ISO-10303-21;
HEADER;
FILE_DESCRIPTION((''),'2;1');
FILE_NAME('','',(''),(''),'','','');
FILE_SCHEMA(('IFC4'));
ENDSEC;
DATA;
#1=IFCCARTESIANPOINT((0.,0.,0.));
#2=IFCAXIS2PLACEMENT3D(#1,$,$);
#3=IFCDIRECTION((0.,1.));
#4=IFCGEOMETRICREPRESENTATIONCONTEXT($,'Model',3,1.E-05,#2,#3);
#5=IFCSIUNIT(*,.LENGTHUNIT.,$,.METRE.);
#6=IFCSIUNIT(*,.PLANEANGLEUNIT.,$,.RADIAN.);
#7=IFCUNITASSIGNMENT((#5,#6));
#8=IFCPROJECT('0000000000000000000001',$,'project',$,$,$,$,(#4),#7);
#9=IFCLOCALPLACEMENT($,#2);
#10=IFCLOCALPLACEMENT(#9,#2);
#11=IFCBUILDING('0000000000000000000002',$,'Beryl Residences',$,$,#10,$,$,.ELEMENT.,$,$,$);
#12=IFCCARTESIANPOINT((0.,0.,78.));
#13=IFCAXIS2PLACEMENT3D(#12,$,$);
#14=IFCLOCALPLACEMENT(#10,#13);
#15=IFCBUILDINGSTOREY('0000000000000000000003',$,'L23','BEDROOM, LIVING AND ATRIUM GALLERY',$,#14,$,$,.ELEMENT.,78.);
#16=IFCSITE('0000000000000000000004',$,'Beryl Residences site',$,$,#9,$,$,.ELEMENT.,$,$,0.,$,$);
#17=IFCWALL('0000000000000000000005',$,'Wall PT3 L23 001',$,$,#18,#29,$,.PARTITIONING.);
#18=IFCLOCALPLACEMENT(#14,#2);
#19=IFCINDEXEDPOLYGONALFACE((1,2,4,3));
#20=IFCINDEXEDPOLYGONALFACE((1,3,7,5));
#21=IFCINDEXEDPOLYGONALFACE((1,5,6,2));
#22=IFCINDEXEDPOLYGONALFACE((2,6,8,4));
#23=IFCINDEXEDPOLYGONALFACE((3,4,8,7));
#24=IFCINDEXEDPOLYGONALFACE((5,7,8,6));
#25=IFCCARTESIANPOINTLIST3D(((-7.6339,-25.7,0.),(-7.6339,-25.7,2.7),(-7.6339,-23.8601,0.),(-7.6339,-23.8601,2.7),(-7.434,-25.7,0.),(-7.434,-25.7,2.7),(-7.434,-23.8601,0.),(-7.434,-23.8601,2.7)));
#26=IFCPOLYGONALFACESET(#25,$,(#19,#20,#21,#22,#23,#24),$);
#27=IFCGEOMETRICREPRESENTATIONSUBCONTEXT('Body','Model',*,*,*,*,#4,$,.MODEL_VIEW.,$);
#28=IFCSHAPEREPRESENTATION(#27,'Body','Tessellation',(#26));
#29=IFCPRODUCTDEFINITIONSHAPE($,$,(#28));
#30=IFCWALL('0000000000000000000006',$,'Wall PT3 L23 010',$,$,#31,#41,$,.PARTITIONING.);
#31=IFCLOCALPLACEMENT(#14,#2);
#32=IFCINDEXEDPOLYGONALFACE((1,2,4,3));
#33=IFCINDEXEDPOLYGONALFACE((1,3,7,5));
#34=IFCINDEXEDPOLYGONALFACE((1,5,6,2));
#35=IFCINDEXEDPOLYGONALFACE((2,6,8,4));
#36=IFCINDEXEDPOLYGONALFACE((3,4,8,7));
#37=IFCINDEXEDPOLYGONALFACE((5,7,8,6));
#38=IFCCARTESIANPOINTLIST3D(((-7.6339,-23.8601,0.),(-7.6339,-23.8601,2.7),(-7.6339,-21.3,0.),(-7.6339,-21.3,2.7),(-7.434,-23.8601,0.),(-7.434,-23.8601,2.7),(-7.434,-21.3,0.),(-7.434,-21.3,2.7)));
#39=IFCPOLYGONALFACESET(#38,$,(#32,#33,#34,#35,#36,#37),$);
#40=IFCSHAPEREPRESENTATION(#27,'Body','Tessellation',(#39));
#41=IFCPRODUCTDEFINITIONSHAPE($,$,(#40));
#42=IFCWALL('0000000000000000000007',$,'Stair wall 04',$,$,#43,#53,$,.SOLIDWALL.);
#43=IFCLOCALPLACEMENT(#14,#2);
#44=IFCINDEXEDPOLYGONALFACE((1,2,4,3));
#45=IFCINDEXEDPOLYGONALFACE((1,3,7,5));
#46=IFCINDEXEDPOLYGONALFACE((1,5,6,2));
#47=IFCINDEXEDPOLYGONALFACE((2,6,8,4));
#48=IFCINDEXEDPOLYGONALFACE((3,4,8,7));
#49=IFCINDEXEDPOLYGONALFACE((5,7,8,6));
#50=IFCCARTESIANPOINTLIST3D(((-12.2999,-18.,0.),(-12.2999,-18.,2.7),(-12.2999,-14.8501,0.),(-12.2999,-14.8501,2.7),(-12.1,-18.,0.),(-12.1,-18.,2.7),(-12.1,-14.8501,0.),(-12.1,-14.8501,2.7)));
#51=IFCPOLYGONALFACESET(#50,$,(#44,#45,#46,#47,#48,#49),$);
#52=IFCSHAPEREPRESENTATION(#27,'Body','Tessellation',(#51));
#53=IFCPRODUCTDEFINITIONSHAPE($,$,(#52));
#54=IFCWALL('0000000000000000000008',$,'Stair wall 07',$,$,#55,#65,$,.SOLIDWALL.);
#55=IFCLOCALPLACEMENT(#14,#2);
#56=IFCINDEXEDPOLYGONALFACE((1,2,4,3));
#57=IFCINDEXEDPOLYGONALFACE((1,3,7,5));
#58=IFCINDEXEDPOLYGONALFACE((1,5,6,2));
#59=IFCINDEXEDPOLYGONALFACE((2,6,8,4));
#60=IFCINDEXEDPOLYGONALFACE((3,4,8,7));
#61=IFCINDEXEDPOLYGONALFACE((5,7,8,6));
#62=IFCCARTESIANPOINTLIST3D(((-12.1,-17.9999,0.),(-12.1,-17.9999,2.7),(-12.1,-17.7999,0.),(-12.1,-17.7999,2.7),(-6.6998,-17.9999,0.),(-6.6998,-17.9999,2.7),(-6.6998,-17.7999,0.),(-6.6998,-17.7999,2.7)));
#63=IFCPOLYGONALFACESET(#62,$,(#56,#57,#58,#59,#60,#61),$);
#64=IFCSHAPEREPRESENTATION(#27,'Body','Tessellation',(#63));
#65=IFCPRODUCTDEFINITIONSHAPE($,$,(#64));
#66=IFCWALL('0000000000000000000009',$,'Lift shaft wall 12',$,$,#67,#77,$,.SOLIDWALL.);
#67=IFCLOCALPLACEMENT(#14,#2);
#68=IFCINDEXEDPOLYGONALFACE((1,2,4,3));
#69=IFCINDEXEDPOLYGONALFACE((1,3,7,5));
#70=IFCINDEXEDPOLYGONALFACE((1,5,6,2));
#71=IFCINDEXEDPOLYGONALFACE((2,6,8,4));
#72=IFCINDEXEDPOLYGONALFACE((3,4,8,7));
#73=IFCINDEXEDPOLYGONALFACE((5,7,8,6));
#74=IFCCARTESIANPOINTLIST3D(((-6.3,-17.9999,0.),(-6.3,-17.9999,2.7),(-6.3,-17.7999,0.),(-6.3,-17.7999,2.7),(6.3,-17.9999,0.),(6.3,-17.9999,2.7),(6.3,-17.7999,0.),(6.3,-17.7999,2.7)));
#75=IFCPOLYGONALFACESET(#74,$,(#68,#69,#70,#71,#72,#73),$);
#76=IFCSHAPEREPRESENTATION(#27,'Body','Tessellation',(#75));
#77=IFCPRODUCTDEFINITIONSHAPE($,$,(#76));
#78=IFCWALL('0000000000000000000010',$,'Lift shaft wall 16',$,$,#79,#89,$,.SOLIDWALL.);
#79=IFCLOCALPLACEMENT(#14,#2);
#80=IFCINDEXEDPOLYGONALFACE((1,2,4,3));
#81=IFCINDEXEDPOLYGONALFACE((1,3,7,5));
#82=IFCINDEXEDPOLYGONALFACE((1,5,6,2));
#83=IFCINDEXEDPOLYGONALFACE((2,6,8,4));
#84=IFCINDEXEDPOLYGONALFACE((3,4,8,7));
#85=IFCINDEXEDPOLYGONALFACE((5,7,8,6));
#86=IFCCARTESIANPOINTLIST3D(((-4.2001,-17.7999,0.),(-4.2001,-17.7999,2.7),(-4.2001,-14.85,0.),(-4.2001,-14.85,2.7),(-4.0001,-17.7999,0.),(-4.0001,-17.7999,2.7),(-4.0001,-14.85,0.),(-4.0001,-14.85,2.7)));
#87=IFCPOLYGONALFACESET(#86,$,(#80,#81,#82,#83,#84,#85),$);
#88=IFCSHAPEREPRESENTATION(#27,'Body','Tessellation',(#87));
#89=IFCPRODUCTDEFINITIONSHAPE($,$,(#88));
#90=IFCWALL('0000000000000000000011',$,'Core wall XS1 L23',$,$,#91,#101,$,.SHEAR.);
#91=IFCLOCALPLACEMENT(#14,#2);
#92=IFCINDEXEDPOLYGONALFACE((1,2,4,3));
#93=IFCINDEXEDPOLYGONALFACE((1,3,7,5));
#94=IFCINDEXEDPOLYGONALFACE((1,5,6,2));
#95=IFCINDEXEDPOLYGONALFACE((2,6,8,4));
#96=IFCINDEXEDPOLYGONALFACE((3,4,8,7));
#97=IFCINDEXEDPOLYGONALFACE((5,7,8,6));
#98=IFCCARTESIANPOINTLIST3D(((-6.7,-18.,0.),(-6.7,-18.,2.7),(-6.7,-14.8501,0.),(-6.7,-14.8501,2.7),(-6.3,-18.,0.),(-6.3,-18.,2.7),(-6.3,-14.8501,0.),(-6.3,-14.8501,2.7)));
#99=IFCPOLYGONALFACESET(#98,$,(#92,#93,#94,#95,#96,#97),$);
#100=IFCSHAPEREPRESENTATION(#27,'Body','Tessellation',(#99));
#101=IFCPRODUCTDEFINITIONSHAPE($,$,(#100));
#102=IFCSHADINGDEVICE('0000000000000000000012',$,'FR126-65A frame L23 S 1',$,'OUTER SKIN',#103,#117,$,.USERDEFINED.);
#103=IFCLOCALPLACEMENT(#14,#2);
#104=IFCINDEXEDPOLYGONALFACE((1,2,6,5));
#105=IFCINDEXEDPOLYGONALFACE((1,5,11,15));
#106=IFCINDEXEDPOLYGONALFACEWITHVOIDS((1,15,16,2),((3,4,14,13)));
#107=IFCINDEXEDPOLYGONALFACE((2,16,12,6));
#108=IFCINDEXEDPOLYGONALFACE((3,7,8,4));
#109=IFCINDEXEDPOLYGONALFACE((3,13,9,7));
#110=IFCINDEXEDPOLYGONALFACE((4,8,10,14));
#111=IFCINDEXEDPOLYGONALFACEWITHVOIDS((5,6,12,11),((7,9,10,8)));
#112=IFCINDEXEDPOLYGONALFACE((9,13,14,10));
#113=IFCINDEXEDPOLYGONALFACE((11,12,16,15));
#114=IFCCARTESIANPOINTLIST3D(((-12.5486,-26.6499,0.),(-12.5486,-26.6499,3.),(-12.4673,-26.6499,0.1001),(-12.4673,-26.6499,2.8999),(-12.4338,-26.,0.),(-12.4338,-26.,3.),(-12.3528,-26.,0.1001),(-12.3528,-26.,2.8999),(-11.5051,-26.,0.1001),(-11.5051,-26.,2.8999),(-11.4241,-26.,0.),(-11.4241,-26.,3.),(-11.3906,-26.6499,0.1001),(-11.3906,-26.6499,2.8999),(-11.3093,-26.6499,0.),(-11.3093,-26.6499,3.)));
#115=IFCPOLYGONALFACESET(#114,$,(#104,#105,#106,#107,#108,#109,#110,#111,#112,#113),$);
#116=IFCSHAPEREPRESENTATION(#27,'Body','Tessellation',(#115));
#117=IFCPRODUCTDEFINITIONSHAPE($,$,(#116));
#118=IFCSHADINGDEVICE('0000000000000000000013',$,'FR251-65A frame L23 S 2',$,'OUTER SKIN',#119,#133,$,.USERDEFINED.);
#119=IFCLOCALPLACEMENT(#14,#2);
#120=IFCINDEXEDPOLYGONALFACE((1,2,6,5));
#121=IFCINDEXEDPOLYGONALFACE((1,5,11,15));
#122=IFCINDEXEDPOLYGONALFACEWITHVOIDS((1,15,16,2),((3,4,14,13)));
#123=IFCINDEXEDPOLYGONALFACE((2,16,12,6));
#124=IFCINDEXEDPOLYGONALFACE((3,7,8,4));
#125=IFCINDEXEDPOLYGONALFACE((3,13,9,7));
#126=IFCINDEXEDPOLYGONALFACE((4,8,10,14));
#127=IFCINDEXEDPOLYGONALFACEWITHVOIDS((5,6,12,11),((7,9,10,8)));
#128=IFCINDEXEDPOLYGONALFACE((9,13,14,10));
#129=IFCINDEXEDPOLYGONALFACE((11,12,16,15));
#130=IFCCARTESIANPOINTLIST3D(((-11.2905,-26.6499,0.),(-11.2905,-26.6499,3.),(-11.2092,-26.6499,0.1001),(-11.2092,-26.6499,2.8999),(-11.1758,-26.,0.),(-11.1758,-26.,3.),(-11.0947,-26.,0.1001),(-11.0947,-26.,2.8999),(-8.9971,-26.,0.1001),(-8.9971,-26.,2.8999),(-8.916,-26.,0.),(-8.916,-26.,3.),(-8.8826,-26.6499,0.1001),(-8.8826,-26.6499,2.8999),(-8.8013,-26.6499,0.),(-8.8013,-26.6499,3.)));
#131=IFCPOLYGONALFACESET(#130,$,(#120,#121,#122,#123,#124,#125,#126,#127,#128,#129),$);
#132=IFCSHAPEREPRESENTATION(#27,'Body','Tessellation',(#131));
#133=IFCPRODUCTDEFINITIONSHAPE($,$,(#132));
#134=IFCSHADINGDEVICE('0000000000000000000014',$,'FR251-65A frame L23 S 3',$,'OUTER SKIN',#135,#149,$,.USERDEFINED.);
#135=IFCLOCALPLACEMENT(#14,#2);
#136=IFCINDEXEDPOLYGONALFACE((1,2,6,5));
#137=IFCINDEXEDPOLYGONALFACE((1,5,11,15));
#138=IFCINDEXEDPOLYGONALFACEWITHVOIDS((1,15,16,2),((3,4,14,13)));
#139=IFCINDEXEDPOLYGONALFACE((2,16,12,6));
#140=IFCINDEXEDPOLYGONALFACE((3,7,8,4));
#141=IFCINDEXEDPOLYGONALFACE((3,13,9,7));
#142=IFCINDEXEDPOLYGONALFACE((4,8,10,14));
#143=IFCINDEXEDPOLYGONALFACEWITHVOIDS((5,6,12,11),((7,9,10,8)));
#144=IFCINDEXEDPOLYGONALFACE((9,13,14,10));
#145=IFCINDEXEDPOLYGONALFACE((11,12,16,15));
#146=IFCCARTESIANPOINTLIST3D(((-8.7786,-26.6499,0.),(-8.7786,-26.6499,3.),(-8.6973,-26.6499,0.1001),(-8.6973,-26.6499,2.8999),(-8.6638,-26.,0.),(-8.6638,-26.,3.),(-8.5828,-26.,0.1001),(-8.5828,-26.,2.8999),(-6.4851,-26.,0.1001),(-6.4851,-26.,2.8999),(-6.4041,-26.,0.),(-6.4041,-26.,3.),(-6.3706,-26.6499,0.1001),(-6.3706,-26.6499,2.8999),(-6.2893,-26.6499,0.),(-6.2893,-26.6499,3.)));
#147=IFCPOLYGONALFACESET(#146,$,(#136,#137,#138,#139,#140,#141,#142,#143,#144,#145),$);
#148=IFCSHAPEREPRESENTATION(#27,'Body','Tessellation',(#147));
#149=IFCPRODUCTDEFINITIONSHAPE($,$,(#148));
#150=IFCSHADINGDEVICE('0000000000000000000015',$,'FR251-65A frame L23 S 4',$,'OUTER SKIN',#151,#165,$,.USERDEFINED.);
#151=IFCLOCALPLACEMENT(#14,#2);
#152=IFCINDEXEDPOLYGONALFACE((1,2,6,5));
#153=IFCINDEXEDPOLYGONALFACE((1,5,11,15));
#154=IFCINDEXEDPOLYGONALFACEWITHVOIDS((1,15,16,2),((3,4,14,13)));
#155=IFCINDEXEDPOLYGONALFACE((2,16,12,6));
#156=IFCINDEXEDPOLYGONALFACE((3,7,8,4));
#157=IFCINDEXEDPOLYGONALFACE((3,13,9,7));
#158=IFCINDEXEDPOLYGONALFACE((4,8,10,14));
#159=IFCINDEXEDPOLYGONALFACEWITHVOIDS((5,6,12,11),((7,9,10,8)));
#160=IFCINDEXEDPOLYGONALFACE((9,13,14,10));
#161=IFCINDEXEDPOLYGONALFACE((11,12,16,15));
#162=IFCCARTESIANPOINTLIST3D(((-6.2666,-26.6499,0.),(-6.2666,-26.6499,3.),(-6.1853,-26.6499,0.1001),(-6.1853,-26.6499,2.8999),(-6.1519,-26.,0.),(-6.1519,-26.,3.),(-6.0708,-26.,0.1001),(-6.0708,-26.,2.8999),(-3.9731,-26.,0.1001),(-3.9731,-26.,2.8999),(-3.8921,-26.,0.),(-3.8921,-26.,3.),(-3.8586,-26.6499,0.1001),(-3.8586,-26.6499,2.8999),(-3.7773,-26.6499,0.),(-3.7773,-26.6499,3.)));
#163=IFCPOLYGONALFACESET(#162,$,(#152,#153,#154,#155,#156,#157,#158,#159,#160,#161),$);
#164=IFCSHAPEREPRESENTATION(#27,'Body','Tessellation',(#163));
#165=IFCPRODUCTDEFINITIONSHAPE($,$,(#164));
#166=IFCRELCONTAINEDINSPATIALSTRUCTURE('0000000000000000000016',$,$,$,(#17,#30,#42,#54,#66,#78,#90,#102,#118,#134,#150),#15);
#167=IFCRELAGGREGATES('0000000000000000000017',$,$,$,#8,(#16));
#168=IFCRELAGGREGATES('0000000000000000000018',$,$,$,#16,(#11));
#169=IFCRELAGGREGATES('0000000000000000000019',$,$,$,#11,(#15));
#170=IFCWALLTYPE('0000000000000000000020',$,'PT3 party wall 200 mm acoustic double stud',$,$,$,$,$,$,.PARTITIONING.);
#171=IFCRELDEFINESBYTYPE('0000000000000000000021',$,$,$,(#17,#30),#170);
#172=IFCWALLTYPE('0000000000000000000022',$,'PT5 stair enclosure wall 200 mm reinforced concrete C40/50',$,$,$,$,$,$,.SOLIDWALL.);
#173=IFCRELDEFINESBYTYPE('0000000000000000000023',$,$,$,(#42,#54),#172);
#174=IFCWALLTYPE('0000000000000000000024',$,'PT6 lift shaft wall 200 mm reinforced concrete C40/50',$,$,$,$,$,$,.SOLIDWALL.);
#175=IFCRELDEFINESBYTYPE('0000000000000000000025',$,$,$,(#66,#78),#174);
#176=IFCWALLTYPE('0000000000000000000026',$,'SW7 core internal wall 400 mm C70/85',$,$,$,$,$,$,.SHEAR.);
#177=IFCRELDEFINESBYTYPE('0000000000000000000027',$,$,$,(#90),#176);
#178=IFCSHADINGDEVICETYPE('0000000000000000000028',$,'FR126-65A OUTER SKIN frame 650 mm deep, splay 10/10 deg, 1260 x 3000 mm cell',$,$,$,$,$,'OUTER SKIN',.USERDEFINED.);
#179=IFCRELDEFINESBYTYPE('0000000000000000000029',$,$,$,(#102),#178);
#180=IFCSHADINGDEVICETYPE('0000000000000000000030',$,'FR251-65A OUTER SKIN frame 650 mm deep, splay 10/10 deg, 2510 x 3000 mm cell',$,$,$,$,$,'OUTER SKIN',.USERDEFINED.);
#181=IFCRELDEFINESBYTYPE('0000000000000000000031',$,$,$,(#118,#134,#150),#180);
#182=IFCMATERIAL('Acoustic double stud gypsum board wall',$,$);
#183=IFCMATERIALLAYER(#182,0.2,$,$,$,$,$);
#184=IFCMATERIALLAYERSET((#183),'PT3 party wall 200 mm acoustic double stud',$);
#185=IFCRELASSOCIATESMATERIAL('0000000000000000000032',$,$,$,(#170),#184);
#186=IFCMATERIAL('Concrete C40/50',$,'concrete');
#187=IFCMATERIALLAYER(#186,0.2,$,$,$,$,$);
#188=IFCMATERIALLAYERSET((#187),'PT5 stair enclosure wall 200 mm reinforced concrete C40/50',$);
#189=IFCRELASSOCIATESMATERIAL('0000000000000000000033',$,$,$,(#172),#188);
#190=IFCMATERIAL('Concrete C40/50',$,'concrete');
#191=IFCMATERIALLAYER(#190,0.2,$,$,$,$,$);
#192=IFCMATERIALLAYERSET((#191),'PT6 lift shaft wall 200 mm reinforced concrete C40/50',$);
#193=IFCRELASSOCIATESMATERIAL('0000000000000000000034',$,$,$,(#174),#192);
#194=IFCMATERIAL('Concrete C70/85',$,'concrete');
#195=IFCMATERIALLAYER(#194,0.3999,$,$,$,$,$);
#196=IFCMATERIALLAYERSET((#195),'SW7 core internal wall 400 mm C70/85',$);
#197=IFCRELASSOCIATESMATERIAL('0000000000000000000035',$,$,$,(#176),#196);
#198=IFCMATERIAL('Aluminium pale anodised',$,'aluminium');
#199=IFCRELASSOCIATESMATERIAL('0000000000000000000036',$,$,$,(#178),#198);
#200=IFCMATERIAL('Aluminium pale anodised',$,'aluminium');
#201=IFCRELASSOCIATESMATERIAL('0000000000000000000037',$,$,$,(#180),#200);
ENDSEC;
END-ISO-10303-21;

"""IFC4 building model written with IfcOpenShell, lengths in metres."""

from ifc_helpers import new_model, entity, si_unit, direction, frame, frame_2d, origin, place, context, subcontext, project, spatial, rectangle, extrude, source, transform, mapped, material, layer, layer_set, type_object, type_shapes, element, save


model = new_model("IFC4")

# Units and contexts
model_context = context("Model", 3, precision=1e-05, world=origin(), true_north=direction((0.0, 1.0)))
body_context = subcontext(model_context, "Body", "Model", "MODEL_VIEW")
ifc_project = project(units=[si_unit("LENGTHUNIT", "METRE"), si_unit("PLANEANGLEUNIT", "RADIAN")], contexts=[model_context])

# Site, building, storey
site_placement = place(None, origin())
site = spatial("IfcSite", under=ifc_project, at=site_placement, Name="Beryl Residences site", CompositionType="ELEMENT", RefElevation=0.0)
building_placement = place(site_placement, origin())
building = spatial("IfcBuilding", under=site, at=building_placement, Name="Beryl Residences", CompositionType="ELEMENT")
storey_placement = place(building_placement, frame((0.0, 0.0, 78.0)))
storey = spatial("IfcBuildingStorey", under=building, at=storey_placement, Name="L23", Description="BEDROOM, LIVING AND ATRIUM GALLERY", CompositionType="ELEMENT", Elevation=78.0)

# Walls
ifc_material_1 = material(Name="Acoustic double stud gypsum board wall")
ifc_layer_1 = layer(ifc_material_1, 0.2)
ifc_layer_set_1 = layer_set([ifc_layer_1], Name="PT3 party wall 200 mm acoustic double stud")
wall_type_1 = type_object("IfcWallType", Name="PT3 party wall 200 mm acoustic double stud", PredefinedType="PARTITIONING", material=ifc_layer_set_1)
wall_1_placement = place(storey_placement, frame((-7.5339, -23.8601, 0.0), z_axis=(0.0, 0.0, 1.0), x_axis=(0.0, -1.0, 0.0)))
element("IfcWall", 1, at=wall_1_placement, inside=storey, type_object=wall_type_1, Name="Wall PT3 L23 001", PredefinedType="PARTITIONING", context=body_context, shape_type="SweptSolid", body=[
    extrude(rectangle(XDim=1.8398, YDim=0.2, at=frame_2d((0.9199, 0.0))), origin(), (0.0, 0.0, 1.0), 2.7),
])
wall_2_placement = place(storey_placement, frame((-7.5339, -23.8601, 0.0), z_axis=(0.0, 0.0, 1.0), x_axis=(0.0, 1.0, 0.0)))
element("IfcWall", 2, at=wall_2_placement, inside=storey, type_object=wall_type_1, Name="Wall PT3 L23 010", PredefinedType="PARTITIONING", context=body_context, shape_type="SweptSolid", body=[
    extrude(rectangle(XDim=2.5601, YDim=0.2, at=frame_2d((1.28, 0.0))), origin(), (0.0, 0.0, 1.0), 2.7),
])
ifc_material_2 = material(Name="Concrete C40/50", Category="concrete")
ifc_layer_2 = layer(ifc_material_2, 0.2)
ifc_layer_set_2 = layer_set([ifc_layer_2], Name="PT5 stair enclosure wall 200 mm reinforced concrete C40/50")
wall_type_2 = type_object("IfcWallType", Name="PT5 stair enclosure wall 200 mm reinforced concrete C40/50", PredefinedType="SOLIDWALL", material=ifc_layer_set_2)
wall_3_placement = place(storey_placement, frame((-12.2, -18.0, 0.0), z_axis=(0.0, 0.0, 1.0), x_axis=(0.0, 1.0, 0.0)))
element("IfcWall", 3, at=wall_3_placement, inside=storey, type_object=wall_type_2, Name="Stair wall 04", PredefinedType="SOLIDWALL", context=body_context, shape_type="SweptSolid", body=[
    extrude(rectangle(XDim=3.1499, YDim=0.2, at=frame_2d((1.575, 0.0))), origin(), (0.0, 0.0, 1.0), 2.7),
])
wall_4_placement = place(storey_placement, frame((-12.1001, -17.8999, 0.0), z_axis=(0.0, 0.0, 1.0), x_axis=(1.0, 0.0, 0.0)))
element("IfcWall", 4, at=wall_4_placement, inside=storey, type_object=wall_type_2, Name="Stair wall 07", PredefinedType="SOLIDWALL", context=body_context, shape_type="SweptSolid", body=[
    extrude(rectangle(XDim=5.4001, YDim=0.2, at=frame_2d((2.7002, 0.0))), origin(), (0.0, 0.0, 1.0), 2.7),
])
ifc_material_3 = material(Name="Concrete C40/50", Category="concrete")
ifc_layer_3 = layer(ifc_material_3, 0.2)
ifc_layer_set_3 = layer_set([ifc_layer_3], Name="PT6 lift shaft wall 200 mm reinforced concrete C40/50")
wall_type_3 = type_object("IfcWallType", Name="PT6 lift shaft wall 200 mm reinforced concrete C40/50", PredefinedType="SOLIDWALL", material=ifc_layer_set_3)
wall_5_placement = place(storey_placement, frame((-6.3, -17.8999, 0.0), z_axis=(0.0, 0.0, 1.0), x_axis=(1.0, 0.0, 0.0)))
element("IfcWall", 5, at=wall_5_placement, inside=storey, type_object=wall_type_3, Name="Lift shaft wall 12", PredefinedType="SOLIDWALL", context=body_context, shape_type="SweptSolid", body=[
    extrude(rectangle(XDim=12.6001, YDim=0.2, at=frame_2d((6.3, 0.0))), origin(), (0.0, 0.0, 1.0), 2.7),
])
wall_6_placement = place(storey_placement, frame((-4.1001, -17.8, 0.0), z_axis=(0.0, 0.0, 1.0), x_axis=(0.0, 1.0, 0.0)))
element("IfcWall", 6, at=wall_6_placement, inside=storey, type_object=wall_type_3, Name="Lift shaft wall 16", PredefinedType="SOLIDWALL", context=body_context, shape_type="SweptSolid", body=[
    extrude(rectangle(XDim=2.95, YDim=0.2, at=frame_2d((1.4751, 0.0))), origin(), (0.0, 0.0, 1.0), 2.7),
])
ifc_material_4 = material(Name="Concrete C70/85", Category="concrete")
ifc_layer_4 = layer(ifc_material_4, 0.3999)
ifc_layer_set_4 = layer_set([ifc_layer_4], Name="SW7 core internal wall 400 mm C70/85")
wall_type_4 = type_object("IfcWallType", Name="SW7 core internal wall 400 mm C70/85", PredefinedType="SHEAR", material=ifc_layer_set_4)
wall_7_placement = place(storey_placement, frame((-6.5, -18.0, 0.0), z_axis=(0.0, 0.0, 1.0), x_axis=(0.0, 1.0, 0.0)))
element("IfcWall", 7, at=wall_7_placement, inside=storey, type_object=wall_type_4, Name="Core wall XS1 L23", PredefinedType="SHEAR", context=body_context, shape_type="SweptSolid", body=[
    extrude(rectangle(XDim=3.1499, YDim=0.3999, at=frame_2d((1.575, 0.0))), origin(), (0.0, 0.0, 1.0), 2.7),
])

# Shading devices
ifc_material_5 = material(Name="Aluminium pale anodised", Category="aluminium")
shading_device_type_1 = type_object("IfcShadingDeviceType", Name="FR126-65A OUTER SKIN frame 650 mm deep, splay 10/10 deg, 1260 x 3000 mm cell", ElementType="OUTER SKIN", PredefinedType="USERDEFINED", material=ifc_material_5)
cartesian_point_1 = entity("IfcCartesianPoint", [-0.5049, 0.0])
cartesian_point_2 = entity("IfcCartesianPoint", [-0.4238, 0.1001])
cartesian_point_3 = entity("IfcCartesianPoint", [-0.6196, 0.0])
cartesian_point_4 = entity("IfcCartesianPoint", [-0.5383, 0.1001])
shared_shape_1 = source(origin(), body_context, "Body", "SweptSolid", [
    entity("IfcExtrudedAreaSolidTapered", entity("IfcArbitraryProfileDefWithVoids", "AREA", None, entity("IfcPolyline", [cartesian_point_1, entity("IfcCartesianPoint", [0.5049, 0.0]), entity("IfcCartesianPoint", [0.5049, 3.0]), entity("IfcCartesianPoint", [-0.5049, 3.0]), cartesian_point_1]), [entity("IfcPolyline", [cartesian_point_2, entity("IfcCartesianPoint", [0.4238, 0.1001]), entity("IfcCartesianPoint", [0.4238, 2.8999]), entity("IfcCartesianPoint", [-0.4238, 2.8999]), cartesian_point_2])]), entity("IfcAxis2Placement3D", entity("IfcCartesianPoint", [0.0, 0.0, 0.0]), entity("IfcDirection", [0.0, 1.0, 0.0]), entity("IfcDirection", [-1.0, 0.0, 0.0])), entity("IfcDirection", [0.0, 0.0, 1.0]), 0.6499, entity("IfcArbitraryProfileDefWithVoids", "AREA", None, entity("IfcPolyline", [cartesian_point_3, entity("IfcCartesianPoint", [0.6196, 0.0]), entity("IfcCartesianPoint", [0.6196, 3.0]), entity("IfcCartesianPoint", [-0.6196, 3.0]), cartesian_point_3]), [entity("IfcPolyline", [cartesian_point_4, entity("IfcCartesianPoint", [0.5383, 0.1001]), entity("IfcCartesianPoint", [0.5383, 2.8999]), entity("IfcCartesianPoint", [-0.5383, 2.8999]), cartesian_point_4])])),
])
type_shapes(shading_device_type_1, [shared_shape_1])
shading_device_placement = place(storey_placement, frame((-11.929, -26.0, 0.0), z_axis=(0.0, 0.0, 1.0), x_axis=(-1.0, 0.0, 0.0)))
element("IfcShadingDevice", 8, at=shading_device_placement, inside=storey, type_object=shading_device_type_1, Name="FR126-65A frame L23 S 1", ObjectType="OUTER SKIN", PredefinedType="USERDEFINED", context=body_context, shape_type="MappedRepresentation", body=[
    mapped(shared_shape_1, transform((0.0, 0.0, 0.0))),
])
ifc_material_6 = material(Name="Aluminium pale anodised", Category="aluminium")
shading_device_type_2 = type_object("IfcShadingDeviceType", Name="FR251-65A OUTER SKIN frame 650 mm deep, splay 10/10 deg, 2510 x 3000 mm cell", ElementType="OUTER SKIN", PredefinedType="USERDEFINED", material=ifc_material_6)
cartesian_point_5 = entity("IfcCartesianPoint", [-1.1299, 0.0])
cartesian_point_6 = entity("IfcCartesianPoint", [-1.0488, 0.1001])
cartesian_point_7 = entity("IfcCartesianPoint", [-1.2446, 0.0])
cartesian_point_8 = entity("IfcCartesianPoint", [-1.1633, 0.1001])
shared_shape_2 = source(origin(), body_context, "Body", "SweptSolid", [
    entity("IfcExtrudedAreaSolidTapered", entity("IfcArbitraryProfileDefWithVoids", "AREA", None, entity("IfcPolyline", [cartesian_point_5, entity("IfcCartesianPoint", [1.1299, 0.0]), entity("IfcCartesianPoint", [1.1299, 3.0]), entity("IfcCartesianPoint", [-1.1299, 3.0]), cartesian_point_5]), [entity("IfcPolyline", [cartesian_point_6, entity("IfcCartesianPoint", [1.0488, 0.1001]), entity("IfcCartesianPoint", [1.0488, 2.8999]), entity("IfcCartesianPoint", [-1.0488, 2.8999]), cartesian_point_6])]), entity("IfcAxis2Placement3D", entity("IfcCartesianPoint", [0.0, 0.0, 0.0]), entity("IfcDirection", [0.0, 1.0, 0.0]), entity("IfcDirection", [-1.0, 0.0, 0.0])), entity("IfcDirection", [0.0, 0.0, 1.0]), 0.6499, entity("IfcArbitraryProfileDefWithVoids", "AREA", None, entity("IfcPolyline", [cartesian_point_7, entity("IfcCartesianPoint", [1.2446, 0.0]), entity("IfcCartesianPoint", [1.2446, 3.0]), entity("IfcCartesianPoint", [-1.2446, 3.0]), cartesian_point_7]), [entity("IfcPolyline", [cartesian_point_8, entity("IfcCartesianPoint", [1.1633, 0.1001]), entity("IfcCartesianPoint", [1.1633, 2.8999]), entity("IfcCartesianPoint", [-1.1633, 2.8999]), cartesian_point_8])])),
])
type_shapes(shading_device_type_2, [shared_shape_2])
for number, where, z_axis, x_axis, name in (
    (9, (-10.0459, -26.0, 0.0), (0.0, 0.0, 1.0), (-1.0, 0.0, 0.0), "FR251-65A frame L23 S 2"),
    (10, (-7.5339, -26.0, 0.0), (0.0, 0.0, 1.0), (-1.0, 0.0, 0.0), "FR251-65A frame L23 S 3"),
    (11, (-5.022, -26.0, 0.0), (0.0, 0.0, 1.0), (-1.0, 0.0, 0.0), "FR251-65A frame L23 S 4"),
):
    element("IfcShadingDevice", number, at=place(storey_placement, frame(where, z_axis=z_axis, x_axis=x_axis)), inside=storey, type_object=shading_device_type_2, Name=name, ObjectType="OUTER SKIN", PredefinedType="USERDEFINED", context=body_context, shape_type="MappedRepresentation", body=[
        mapped(shared_shape_2, transform((0.0, 0.0, 0.0))),
    ])

save(model, "model.ifc")
